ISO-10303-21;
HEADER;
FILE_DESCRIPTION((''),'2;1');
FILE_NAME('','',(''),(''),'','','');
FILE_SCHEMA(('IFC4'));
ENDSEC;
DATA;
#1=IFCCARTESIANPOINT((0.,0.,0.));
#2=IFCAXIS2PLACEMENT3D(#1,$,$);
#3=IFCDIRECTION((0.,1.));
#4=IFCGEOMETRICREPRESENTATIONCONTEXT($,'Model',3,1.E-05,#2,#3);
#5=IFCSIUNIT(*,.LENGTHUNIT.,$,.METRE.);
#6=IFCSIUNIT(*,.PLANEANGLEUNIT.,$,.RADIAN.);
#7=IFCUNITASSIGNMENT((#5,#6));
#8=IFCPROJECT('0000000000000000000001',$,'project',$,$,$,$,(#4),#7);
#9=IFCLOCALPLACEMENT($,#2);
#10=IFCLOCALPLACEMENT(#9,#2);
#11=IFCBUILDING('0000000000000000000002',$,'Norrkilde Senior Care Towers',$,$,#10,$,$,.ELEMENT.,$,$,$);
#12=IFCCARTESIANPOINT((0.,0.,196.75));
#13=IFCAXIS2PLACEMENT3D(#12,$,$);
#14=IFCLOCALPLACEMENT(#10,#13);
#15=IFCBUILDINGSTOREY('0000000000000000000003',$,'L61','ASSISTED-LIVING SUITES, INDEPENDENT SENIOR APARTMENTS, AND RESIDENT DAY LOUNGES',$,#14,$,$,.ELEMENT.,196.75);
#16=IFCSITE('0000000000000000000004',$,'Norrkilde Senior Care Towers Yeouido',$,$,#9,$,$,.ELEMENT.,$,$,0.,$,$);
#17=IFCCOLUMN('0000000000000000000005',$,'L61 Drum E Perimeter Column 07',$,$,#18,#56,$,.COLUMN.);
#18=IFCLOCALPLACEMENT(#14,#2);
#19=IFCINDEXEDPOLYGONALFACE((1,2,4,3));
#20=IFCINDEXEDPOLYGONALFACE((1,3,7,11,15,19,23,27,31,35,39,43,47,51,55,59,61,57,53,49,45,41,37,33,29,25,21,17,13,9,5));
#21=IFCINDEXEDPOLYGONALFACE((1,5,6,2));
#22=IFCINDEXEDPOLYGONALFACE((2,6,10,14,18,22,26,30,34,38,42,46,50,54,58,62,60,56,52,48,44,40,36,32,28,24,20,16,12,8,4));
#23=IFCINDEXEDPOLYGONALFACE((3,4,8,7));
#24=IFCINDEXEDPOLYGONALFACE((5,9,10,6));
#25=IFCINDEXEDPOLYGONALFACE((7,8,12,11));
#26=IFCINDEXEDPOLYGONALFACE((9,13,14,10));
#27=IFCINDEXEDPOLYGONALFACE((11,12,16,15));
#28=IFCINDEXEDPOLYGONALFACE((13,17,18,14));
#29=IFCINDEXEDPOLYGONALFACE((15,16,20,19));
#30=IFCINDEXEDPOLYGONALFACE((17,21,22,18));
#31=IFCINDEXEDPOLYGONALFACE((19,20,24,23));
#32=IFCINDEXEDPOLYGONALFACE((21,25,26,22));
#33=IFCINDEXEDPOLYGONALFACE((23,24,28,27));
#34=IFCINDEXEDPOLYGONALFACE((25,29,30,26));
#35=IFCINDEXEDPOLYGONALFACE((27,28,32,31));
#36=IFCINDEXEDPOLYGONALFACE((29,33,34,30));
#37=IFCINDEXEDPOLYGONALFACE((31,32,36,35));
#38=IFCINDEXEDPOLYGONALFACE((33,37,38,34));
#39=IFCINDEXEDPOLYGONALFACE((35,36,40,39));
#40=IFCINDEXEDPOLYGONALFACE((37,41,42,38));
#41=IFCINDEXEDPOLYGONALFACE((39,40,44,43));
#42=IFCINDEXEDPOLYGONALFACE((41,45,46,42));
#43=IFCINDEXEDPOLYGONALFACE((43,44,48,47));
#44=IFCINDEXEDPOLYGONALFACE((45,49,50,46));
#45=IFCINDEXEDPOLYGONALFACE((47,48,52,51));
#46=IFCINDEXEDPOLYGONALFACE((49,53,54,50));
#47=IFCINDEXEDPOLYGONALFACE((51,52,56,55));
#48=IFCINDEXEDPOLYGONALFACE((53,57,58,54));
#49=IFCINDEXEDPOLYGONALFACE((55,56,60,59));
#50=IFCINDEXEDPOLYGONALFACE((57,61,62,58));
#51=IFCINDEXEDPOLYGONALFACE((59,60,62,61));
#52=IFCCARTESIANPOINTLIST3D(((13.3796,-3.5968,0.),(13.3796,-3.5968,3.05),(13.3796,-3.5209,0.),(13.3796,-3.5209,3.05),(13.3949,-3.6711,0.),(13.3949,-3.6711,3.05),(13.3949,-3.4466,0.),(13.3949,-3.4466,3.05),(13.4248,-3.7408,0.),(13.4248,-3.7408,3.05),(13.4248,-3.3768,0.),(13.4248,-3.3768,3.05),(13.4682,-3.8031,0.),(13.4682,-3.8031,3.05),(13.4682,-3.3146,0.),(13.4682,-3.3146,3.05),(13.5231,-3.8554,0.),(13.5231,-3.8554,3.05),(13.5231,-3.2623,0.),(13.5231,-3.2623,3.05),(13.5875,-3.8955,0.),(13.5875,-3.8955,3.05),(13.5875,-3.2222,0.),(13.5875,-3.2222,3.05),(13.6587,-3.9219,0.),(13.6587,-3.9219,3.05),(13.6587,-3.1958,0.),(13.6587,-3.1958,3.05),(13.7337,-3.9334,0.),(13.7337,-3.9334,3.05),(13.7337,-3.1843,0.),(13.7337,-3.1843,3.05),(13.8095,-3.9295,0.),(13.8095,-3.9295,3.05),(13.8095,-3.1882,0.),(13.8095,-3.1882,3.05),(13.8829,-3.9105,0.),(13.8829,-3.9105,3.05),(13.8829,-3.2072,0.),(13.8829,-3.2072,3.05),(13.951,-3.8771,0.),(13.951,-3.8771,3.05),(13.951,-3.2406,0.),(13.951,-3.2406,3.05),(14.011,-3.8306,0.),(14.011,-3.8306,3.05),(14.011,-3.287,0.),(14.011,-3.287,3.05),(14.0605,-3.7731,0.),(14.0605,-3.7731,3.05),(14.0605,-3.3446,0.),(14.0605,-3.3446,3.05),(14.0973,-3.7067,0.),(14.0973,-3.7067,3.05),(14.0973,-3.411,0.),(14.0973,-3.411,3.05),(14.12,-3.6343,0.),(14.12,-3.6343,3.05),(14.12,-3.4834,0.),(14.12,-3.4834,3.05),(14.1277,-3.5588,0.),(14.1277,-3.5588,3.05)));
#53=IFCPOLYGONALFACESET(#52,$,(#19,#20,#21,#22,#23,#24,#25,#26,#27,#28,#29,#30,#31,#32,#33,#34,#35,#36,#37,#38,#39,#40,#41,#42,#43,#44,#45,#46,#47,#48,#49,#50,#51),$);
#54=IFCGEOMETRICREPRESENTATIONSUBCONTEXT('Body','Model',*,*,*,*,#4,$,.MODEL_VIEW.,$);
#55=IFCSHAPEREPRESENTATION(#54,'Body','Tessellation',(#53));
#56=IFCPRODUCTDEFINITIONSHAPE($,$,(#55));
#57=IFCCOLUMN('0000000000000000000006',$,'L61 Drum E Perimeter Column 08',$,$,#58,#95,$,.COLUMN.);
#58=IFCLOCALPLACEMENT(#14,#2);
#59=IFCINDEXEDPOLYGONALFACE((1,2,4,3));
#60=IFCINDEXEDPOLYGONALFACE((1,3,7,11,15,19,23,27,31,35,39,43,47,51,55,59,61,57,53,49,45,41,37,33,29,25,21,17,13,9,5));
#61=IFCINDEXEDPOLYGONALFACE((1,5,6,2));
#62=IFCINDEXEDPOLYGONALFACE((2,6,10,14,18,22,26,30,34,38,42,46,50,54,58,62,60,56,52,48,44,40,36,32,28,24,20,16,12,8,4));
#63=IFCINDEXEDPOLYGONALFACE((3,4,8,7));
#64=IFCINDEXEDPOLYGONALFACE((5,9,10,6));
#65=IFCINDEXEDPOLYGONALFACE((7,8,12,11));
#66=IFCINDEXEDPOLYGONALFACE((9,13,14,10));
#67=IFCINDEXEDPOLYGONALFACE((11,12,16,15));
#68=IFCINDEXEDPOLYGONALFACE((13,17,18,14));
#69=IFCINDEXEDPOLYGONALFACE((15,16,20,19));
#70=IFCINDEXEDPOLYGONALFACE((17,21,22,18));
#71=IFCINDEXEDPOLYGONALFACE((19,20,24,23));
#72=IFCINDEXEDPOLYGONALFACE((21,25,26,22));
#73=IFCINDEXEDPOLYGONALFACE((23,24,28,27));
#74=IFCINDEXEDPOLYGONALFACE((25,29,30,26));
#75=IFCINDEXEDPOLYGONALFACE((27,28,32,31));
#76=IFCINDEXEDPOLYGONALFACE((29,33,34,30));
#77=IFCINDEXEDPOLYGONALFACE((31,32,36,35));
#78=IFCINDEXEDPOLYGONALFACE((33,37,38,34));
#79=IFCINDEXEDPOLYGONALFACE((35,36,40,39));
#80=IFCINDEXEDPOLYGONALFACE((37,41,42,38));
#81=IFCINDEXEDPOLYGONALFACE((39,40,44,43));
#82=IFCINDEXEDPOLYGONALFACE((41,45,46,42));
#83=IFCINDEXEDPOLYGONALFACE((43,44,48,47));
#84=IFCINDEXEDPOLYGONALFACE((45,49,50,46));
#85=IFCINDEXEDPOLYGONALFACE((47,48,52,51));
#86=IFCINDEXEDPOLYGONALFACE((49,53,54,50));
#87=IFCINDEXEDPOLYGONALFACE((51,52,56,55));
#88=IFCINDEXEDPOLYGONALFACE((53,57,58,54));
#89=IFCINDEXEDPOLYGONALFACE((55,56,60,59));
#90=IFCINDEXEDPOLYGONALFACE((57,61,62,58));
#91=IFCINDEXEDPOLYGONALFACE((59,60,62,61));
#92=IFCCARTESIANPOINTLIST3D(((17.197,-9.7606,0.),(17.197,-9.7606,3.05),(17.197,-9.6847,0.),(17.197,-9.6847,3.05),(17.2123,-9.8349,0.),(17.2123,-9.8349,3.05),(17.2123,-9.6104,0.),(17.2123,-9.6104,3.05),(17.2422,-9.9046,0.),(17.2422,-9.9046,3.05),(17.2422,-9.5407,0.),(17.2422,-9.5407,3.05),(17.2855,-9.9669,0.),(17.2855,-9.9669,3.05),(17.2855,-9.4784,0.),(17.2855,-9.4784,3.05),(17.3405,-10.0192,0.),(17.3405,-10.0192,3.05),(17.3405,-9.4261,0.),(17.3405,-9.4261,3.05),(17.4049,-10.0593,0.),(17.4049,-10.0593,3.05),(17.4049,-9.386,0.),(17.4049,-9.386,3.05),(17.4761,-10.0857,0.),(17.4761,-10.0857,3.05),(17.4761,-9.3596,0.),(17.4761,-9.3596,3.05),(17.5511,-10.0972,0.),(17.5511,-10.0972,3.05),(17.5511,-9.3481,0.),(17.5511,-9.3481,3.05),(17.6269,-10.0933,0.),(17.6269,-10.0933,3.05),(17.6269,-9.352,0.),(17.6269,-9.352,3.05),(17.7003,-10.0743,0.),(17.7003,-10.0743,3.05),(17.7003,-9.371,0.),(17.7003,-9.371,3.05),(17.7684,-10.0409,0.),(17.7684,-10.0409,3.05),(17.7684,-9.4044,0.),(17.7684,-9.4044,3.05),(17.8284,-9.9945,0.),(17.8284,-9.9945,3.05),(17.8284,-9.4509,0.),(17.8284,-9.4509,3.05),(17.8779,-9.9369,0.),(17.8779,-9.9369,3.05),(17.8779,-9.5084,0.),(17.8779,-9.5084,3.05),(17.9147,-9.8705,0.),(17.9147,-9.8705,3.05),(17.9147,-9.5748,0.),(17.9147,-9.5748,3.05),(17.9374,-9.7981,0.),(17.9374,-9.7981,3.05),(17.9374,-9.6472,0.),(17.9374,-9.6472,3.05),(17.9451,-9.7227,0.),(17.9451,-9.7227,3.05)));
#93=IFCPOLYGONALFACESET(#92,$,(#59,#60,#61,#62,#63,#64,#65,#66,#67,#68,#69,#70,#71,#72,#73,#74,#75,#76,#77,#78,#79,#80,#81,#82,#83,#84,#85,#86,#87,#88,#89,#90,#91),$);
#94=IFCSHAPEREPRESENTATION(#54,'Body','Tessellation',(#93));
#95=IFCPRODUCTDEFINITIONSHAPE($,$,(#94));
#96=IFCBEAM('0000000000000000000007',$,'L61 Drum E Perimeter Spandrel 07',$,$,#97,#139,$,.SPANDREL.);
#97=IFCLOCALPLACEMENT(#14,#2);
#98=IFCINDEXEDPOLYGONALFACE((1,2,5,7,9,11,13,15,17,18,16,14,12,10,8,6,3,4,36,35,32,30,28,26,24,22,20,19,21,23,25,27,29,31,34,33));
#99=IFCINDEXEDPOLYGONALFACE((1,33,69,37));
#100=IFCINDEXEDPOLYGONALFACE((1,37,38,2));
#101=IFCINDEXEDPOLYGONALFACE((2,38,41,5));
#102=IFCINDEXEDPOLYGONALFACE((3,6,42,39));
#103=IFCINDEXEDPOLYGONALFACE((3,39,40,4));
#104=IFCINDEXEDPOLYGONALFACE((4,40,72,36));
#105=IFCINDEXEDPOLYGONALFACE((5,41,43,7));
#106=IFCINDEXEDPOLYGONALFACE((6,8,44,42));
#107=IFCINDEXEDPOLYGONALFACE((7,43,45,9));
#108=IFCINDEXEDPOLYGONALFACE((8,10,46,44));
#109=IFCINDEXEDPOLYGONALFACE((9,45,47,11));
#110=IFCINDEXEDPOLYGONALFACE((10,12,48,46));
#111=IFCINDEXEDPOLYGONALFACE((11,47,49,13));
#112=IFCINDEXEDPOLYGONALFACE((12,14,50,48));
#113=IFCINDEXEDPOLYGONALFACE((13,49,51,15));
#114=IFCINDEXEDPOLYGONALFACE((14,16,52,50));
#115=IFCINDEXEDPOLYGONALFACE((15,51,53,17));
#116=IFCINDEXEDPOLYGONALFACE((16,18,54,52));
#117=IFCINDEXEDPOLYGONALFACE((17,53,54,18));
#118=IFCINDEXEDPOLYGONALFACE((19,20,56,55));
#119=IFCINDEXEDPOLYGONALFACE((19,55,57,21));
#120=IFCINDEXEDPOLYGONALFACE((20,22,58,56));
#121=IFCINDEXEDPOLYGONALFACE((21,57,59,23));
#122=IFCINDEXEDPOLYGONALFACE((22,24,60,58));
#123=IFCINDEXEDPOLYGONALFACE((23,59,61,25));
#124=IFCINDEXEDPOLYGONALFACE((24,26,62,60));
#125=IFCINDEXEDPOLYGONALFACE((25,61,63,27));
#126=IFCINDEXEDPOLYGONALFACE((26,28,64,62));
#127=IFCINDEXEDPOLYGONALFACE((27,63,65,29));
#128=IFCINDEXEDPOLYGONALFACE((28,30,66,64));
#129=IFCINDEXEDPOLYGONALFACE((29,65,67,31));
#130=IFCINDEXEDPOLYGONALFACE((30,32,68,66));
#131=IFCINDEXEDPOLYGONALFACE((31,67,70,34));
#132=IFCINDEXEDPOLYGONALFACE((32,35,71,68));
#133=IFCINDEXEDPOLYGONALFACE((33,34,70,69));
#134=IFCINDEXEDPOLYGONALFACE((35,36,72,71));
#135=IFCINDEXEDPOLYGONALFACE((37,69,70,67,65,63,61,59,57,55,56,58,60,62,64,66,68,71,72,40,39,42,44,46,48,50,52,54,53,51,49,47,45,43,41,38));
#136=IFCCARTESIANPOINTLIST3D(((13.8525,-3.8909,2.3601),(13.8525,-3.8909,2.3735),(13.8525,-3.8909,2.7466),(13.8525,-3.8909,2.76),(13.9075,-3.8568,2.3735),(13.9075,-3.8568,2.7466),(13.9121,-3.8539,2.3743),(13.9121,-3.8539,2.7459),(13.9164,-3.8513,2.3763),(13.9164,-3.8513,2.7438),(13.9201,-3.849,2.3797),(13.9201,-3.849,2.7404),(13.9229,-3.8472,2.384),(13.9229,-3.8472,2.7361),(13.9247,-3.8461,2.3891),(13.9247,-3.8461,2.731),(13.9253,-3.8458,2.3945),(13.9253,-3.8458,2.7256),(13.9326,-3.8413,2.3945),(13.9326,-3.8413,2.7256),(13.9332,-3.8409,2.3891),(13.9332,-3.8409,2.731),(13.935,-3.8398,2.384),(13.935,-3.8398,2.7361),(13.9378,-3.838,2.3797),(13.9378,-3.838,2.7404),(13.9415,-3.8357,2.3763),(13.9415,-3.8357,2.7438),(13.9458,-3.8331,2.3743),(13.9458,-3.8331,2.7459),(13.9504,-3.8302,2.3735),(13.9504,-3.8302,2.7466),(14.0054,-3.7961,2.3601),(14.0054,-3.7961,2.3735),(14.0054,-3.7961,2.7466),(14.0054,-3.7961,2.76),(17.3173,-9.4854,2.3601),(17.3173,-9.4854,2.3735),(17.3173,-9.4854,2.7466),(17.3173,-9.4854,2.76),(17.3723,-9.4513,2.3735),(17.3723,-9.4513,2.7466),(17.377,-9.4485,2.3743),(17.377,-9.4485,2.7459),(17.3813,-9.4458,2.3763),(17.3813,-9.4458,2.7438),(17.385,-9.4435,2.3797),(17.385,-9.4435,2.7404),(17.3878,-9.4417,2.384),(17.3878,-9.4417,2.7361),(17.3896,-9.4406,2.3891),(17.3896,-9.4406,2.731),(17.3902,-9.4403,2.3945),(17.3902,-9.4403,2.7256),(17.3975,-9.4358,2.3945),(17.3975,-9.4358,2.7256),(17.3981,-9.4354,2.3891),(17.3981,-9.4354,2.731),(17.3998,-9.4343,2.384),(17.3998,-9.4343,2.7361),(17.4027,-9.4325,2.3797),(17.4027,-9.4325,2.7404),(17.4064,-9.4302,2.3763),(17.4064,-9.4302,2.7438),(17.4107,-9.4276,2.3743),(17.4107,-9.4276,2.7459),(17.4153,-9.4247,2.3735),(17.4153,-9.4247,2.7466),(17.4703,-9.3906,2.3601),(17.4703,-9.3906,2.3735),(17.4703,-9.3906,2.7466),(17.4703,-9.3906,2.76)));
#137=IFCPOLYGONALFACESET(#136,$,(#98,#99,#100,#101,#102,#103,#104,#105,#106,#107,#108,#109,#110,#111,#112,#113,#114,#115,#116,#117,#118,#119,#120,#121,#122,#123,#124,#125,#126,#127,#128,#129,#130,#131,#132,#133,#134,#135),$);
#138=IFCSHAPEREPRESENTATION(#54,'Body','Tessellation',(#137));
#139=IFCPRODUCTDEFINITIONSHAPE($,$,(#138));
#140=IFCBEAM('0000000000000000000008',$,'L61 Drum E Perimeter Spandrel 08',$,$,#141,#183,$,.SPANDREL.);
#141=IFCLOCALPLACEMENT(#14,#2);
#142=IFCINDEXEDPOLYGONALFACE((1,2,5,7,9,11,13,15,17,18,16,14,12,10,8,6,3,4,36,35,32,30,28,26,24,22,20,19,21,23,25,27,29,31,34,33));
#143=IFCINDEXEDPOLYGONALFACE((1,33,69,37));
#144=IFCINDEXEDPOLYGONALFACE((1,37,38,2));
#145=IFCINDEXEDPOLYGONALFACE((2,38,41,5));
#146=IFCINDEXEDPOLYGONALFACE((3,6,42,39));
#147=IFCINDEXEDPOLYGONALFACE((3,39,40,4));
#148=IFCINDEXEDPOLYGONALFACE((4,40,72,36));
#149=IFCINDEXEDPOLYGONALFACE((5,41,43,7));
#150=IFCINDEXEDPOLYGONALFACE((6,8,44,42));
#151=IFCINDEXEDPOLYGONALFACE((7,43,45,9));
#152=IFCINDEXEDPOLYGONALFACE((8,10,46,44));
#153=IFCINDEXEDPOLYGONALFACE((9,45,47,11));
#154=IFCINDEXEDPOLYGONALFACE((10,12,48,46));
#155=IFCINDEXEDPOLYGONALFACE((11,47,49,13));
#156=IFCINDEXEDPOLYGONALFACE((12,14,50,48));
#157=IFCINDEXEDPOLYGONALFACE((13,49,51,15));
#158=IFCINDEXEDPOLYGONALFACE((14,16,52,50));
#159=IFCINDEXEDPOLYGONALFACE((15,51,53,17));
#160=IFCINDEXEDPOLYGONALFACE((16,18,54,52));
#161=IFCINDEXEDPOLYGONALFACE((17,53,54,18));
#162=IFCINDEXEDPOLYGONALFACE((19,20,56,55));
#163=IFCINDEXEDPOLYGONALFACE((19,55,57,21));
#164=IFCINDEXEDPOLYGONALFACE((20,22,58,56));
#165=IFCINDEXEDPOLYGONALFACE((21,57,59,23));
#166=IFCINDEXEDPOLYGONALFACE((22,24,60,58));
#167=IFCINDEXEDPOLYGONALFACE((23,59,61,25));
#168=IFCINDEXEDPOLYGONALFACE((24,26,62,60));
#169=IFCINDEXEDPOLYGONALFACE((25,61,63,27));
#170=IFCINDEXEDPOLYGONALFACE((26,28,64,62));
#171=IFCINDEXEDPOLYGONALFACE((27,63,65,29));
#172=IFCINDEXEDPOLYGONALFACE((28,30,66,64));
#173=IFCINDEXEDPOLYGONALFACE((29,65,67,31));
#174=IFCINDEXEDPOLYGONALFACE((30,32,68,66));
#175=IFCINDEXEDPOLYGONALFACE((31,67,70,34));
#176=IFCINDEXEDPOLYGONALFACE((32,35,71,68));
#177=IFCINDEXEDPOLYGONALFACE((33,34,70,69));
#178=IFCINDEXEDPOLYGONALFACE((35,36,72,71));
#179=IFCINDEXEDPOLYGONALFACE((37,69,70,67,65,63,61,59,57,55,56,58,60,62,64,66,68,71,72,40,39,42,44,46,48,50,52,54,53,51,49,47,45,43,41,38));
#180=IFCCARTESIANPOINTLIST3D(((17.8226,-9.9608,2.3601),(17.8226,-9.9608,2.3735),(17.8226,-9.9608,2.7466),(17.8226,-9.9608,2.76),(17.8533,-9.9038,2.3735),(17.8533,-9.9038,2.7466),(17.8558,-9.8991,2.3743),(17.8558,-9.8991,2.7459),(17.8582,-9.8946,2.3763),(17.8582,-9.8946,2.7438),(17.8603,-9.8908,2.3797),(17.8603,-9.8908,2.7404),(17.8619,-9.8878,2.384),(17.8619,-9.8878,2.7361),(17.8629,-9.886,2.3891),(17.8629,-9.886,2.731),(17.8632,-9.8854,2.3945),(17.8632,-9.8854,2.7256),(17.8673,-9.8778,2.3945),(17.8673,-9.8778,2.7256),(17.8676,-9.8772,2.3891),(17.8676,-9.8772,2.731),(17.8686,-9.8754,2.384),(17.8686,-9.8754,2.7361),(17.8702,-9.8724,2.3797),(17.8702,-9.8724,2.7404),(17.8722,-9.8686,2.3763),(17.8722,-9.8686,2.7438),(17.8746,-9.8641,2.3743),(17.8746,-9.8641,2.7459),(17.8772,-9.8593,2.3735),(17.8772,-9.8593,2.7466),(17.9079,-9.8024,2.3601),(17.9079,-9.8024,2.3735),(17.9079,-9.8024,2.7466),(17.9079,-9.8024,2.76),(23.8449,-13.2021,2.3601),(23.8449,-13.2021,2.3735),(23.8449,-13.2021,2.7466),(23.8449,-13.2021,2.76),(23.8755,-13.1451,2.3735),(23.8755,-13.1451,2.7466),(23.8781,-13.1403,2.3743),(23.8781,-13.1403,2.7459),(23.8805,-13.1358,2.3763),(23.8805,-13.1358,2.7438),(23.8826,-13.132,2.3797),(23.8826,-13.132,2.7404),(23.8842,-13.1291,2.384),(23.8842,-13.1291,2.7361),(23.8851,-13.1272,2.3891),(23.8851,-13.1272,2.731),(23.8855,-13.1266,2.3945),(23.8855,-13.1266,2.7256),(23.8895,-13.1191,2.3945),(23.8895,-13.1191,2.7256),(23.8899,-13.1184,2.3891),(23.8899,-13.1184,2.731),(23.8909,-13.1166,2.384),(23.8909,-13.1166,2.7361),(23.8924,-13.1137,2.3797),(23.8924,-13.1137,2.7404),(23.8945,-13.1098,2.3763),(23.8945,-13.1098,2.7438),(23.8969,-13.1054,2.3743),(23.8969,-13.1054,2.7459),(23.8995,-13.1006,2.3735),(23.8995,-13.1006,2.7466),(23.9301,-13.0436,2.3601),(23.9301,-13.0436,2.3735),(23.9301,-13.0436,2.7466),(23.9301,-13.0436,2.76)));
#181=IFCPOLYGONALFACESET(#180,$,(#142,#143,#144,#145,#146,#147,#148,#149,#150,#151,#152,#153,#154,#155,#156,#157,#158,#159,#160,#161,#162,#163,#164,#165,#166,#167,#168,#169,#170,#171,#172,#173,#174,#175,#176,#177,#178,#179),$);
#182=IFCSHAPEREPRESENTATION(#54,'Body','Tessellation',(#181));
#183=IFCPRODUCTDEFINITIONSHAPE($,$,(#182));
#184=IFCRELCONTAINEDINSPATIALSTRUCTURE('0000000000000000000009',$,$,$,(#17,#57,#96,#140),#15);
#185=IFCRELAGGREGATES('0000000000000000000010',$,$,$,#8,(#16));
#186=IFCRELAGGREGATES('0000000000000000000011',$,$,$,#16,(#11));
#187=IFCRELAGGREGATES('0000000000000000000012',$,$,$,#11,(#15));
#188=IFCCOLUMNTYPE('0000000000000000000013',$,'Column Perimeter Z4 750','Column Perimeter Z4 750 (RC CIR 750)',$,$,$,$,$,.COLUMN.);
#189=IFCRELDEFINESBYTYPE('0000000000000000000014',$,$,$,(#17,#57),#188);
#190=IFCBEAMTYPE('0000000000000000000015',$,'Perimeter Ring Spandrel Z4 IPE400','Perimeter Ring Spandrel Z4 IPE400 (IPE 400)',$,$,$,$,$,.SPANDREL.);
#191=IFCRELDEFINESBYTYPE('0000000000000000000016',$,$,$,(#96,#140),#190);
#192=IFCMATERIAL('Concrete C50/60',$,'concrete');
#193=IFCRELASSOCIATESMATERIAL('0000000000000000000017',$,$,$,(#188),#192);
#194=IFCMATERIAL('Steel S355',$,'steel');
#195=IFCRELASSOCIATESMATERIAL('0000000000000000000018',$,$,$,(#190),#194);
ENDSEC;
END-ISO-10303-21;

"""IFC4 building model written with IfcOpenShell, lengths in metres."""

from ifc_helpers import new_model, si_unit, direction, frame, origin, origin_2d, place, context, subcontext, project, spatial, circle, i_section, extrude, source, transform, mapped, material, material_profile, profile_set, type_object, type_shapes, element, save


model = new_model("IFC4")

# Units and contexts
model_context = context("Model", 3, precision=1e-05, world=origin(), true_north=direction((0.0, 1.0)))
body_context = subcontext(model_context, "Body", "Model", "MODEL_VIEW")
ifc_project = project(units=[si_unit("LENGTHUNIT", "METRE"), si_unit("PLANEANGLEUNIT", "RADIAN")], contexts=[model_context])

# Site, building, storey
site_placement = place(None, origin())
site = spatial("IfcSite", under=ifc_project, at=site_placement, Name="Norrkilde Senior Care Towers Yeouido", CompositionType="ELEMENT", RefElevation=0.0)
building_placement = place(site_placement, origin())
building = spatial("IfcBuilding", under=site, at=building_placement, Name="Norrkilde Senior Care Towers", CompositionType="ELEMENT")
storey_placement = place(building_placement, frame((0.0, 0.0, 196.75)))
storey = spatial("IfcBuildingStorey", under=building, at=storey_placement, Name="L61", Description="ASSISTED-LIVING SUITES, INDEPENDENT SENIOR APARTMENTS, AND RESIDENT DAY LOUNGES", CompositionType="ELEMENT", Elevation=196.75)

# Columns
ifc_material_1 = material(Name="Concrete C50/60", Category="concrete")
ifc_material_profile_1 = material_profile(ifc_material_1, circle(Radius=0.375, at=origin_2d()), Name="RC CIR 750")
ifc_profile_set_1 = profile_set([ifc_material_profile_1], Name="Concrete C50/60")
column_type = type_object("IfcColumnType", Name="Column Perimeter Z4 750", Description="Column Perimeter Z4 750 (RC CIR 750)", PredefinedType="COLUMN", material=ifc_profile_set_1)
shared_shape_1 = source(origin(), body_context, "Body", "SweptSolid", [
    extrude(circle(Radius=0.375, at=origin_2d()), origin(), (0.0, 0.0, 1.0), 3.05),
])
type_shapes(column_type, [shared_shape_1])
for number, where, z_axis, x_axis, name in (
    (1, (13.7527, -3.5588, 0.0), (0.0, 0.0, 1.0), (1.0, 0.0, 0.0), "L61 Drum E Perimeter Column 07"),
    (2, (17.5701, -9.7227, 0.0), (0.0, 0.0, 1.0), (1.0, 0.0, 0.0), "L61 Drum E Perimeter Column 08"),
):
    element("IfcColumn", number, at=place(storey_placement, frame(where, z_axis=z_axis, x_axis=x_axis)), inside=storey, type_object=column_type, Name=name, PredefinedType="COLUMN", context=body_context, shape_type="MappedRepresentation", body=[
        mapped(shared_shape_1, transform((0.0, 0.0, 0.0), x_axis=(1.0, 0.0, 0.0), y_axis=(0.0, 1.0, 0.0), z_axis=(0.0, 0.0, 1.0), scale=1.0)),
    ])

# Beams
ifc_material_2 = material(Name="Steel S355", Category="steel")
ifc_material_profile_2 = material_profile(ifc_material_2, i_section(OverallWidth=0.1799, OverallDepth=0.3999, WebThickness=0.0085, FlangeThickness=0.0134, FilletRadius=0.021, at=origin_2d()), Name="IPE 400")
ifc_profile_set_2 = profile_set([ifc_material_profile_2], Name="Steel S355")
beam_type_1 = type_object("IfcBeamType", Name="Perimeter Ring Spandrel Z4 IPE400", Description="Perimeter Ring Spandrel Z4 IPE400 (IPE 400)", PredefinedType="SPANDREL", material=ifc_profile_set_2)
shared_shape_2 = source(origin(), body_context, "Body", "SweptSolid", [
    extrude(i_section(OverallWidth=0.1799, OverallDepth=0.3999, WebThickness=0.0085, FlangeThickness=0.0134, FilletRadius=0.021, at=origin_2d()), origin(), (0.0, 0.0, 1.0), 6.5806),
])
beam_1_placement = place(storey_placement, frame((13.929, -3.8435, 2.5601), z_axis=(0.52653, -0.850157, 0.0), x_axis=(0.850157, 0.52653, 0.0)))
element("IfcBeam", 3, at=beam_1_placement, inside=storey, type_object=beam_type_1, Name="L61 Drum E Perimeter Spandrel 07", PredefinedType="SPANDREL", context=body_context, shape_type="MappedRepresentation", body=[
    mapped(shared_shape_2, transform((0.0, 0.0, 0.0), x_axis=(1.0, 0.0, 0.0), y_axis=(0.0, 1.0, 0.0), z_axis=(0.0, 0.0, 1.0), scale=1.0)),
])
shared_shape_3 = source(origin(), body_context, "Body", "SweptSolid", [
    extrude(i_section(OverallWidth=0.1799, OverallDepth=0.3999, WebThickness=0.0085, FlangeThickness=0.0134, FilletRadius=0.021, at=origin_2d()), origin(), (0.0, 0.0, 1.0), 6.8391),
])
type_shapes(beam_type_1, [shared_shape_2, shared_shape_3])
beam_2_placement = place(storey_placement, frame((17.8652, -9.8816, 2.5601), z_axis=(0.880564, -0.473927, 0.0), x_axis=(0.473927, 0.880564, 0.0)))
element("IfcBeam", 4, at=beam_2_placement, inside=storey, type_object=beam_type_1, Name="L61 Drum E Perimeter Spandrel 08", PredefinedType="SPANDREL", context=body_context, shape_type="MappedRepresentation", body=[
    mapped(shared_shape_3, transform((0.0, 0.0, 0.0), x_axis=(1.0, 0.0, 0.0), y_axis=(0.0, 1.0, 0.0), z_axis=(0.0, 0.0, 1.0), scale=1.0)),
])

save(model, "model.ifc")
